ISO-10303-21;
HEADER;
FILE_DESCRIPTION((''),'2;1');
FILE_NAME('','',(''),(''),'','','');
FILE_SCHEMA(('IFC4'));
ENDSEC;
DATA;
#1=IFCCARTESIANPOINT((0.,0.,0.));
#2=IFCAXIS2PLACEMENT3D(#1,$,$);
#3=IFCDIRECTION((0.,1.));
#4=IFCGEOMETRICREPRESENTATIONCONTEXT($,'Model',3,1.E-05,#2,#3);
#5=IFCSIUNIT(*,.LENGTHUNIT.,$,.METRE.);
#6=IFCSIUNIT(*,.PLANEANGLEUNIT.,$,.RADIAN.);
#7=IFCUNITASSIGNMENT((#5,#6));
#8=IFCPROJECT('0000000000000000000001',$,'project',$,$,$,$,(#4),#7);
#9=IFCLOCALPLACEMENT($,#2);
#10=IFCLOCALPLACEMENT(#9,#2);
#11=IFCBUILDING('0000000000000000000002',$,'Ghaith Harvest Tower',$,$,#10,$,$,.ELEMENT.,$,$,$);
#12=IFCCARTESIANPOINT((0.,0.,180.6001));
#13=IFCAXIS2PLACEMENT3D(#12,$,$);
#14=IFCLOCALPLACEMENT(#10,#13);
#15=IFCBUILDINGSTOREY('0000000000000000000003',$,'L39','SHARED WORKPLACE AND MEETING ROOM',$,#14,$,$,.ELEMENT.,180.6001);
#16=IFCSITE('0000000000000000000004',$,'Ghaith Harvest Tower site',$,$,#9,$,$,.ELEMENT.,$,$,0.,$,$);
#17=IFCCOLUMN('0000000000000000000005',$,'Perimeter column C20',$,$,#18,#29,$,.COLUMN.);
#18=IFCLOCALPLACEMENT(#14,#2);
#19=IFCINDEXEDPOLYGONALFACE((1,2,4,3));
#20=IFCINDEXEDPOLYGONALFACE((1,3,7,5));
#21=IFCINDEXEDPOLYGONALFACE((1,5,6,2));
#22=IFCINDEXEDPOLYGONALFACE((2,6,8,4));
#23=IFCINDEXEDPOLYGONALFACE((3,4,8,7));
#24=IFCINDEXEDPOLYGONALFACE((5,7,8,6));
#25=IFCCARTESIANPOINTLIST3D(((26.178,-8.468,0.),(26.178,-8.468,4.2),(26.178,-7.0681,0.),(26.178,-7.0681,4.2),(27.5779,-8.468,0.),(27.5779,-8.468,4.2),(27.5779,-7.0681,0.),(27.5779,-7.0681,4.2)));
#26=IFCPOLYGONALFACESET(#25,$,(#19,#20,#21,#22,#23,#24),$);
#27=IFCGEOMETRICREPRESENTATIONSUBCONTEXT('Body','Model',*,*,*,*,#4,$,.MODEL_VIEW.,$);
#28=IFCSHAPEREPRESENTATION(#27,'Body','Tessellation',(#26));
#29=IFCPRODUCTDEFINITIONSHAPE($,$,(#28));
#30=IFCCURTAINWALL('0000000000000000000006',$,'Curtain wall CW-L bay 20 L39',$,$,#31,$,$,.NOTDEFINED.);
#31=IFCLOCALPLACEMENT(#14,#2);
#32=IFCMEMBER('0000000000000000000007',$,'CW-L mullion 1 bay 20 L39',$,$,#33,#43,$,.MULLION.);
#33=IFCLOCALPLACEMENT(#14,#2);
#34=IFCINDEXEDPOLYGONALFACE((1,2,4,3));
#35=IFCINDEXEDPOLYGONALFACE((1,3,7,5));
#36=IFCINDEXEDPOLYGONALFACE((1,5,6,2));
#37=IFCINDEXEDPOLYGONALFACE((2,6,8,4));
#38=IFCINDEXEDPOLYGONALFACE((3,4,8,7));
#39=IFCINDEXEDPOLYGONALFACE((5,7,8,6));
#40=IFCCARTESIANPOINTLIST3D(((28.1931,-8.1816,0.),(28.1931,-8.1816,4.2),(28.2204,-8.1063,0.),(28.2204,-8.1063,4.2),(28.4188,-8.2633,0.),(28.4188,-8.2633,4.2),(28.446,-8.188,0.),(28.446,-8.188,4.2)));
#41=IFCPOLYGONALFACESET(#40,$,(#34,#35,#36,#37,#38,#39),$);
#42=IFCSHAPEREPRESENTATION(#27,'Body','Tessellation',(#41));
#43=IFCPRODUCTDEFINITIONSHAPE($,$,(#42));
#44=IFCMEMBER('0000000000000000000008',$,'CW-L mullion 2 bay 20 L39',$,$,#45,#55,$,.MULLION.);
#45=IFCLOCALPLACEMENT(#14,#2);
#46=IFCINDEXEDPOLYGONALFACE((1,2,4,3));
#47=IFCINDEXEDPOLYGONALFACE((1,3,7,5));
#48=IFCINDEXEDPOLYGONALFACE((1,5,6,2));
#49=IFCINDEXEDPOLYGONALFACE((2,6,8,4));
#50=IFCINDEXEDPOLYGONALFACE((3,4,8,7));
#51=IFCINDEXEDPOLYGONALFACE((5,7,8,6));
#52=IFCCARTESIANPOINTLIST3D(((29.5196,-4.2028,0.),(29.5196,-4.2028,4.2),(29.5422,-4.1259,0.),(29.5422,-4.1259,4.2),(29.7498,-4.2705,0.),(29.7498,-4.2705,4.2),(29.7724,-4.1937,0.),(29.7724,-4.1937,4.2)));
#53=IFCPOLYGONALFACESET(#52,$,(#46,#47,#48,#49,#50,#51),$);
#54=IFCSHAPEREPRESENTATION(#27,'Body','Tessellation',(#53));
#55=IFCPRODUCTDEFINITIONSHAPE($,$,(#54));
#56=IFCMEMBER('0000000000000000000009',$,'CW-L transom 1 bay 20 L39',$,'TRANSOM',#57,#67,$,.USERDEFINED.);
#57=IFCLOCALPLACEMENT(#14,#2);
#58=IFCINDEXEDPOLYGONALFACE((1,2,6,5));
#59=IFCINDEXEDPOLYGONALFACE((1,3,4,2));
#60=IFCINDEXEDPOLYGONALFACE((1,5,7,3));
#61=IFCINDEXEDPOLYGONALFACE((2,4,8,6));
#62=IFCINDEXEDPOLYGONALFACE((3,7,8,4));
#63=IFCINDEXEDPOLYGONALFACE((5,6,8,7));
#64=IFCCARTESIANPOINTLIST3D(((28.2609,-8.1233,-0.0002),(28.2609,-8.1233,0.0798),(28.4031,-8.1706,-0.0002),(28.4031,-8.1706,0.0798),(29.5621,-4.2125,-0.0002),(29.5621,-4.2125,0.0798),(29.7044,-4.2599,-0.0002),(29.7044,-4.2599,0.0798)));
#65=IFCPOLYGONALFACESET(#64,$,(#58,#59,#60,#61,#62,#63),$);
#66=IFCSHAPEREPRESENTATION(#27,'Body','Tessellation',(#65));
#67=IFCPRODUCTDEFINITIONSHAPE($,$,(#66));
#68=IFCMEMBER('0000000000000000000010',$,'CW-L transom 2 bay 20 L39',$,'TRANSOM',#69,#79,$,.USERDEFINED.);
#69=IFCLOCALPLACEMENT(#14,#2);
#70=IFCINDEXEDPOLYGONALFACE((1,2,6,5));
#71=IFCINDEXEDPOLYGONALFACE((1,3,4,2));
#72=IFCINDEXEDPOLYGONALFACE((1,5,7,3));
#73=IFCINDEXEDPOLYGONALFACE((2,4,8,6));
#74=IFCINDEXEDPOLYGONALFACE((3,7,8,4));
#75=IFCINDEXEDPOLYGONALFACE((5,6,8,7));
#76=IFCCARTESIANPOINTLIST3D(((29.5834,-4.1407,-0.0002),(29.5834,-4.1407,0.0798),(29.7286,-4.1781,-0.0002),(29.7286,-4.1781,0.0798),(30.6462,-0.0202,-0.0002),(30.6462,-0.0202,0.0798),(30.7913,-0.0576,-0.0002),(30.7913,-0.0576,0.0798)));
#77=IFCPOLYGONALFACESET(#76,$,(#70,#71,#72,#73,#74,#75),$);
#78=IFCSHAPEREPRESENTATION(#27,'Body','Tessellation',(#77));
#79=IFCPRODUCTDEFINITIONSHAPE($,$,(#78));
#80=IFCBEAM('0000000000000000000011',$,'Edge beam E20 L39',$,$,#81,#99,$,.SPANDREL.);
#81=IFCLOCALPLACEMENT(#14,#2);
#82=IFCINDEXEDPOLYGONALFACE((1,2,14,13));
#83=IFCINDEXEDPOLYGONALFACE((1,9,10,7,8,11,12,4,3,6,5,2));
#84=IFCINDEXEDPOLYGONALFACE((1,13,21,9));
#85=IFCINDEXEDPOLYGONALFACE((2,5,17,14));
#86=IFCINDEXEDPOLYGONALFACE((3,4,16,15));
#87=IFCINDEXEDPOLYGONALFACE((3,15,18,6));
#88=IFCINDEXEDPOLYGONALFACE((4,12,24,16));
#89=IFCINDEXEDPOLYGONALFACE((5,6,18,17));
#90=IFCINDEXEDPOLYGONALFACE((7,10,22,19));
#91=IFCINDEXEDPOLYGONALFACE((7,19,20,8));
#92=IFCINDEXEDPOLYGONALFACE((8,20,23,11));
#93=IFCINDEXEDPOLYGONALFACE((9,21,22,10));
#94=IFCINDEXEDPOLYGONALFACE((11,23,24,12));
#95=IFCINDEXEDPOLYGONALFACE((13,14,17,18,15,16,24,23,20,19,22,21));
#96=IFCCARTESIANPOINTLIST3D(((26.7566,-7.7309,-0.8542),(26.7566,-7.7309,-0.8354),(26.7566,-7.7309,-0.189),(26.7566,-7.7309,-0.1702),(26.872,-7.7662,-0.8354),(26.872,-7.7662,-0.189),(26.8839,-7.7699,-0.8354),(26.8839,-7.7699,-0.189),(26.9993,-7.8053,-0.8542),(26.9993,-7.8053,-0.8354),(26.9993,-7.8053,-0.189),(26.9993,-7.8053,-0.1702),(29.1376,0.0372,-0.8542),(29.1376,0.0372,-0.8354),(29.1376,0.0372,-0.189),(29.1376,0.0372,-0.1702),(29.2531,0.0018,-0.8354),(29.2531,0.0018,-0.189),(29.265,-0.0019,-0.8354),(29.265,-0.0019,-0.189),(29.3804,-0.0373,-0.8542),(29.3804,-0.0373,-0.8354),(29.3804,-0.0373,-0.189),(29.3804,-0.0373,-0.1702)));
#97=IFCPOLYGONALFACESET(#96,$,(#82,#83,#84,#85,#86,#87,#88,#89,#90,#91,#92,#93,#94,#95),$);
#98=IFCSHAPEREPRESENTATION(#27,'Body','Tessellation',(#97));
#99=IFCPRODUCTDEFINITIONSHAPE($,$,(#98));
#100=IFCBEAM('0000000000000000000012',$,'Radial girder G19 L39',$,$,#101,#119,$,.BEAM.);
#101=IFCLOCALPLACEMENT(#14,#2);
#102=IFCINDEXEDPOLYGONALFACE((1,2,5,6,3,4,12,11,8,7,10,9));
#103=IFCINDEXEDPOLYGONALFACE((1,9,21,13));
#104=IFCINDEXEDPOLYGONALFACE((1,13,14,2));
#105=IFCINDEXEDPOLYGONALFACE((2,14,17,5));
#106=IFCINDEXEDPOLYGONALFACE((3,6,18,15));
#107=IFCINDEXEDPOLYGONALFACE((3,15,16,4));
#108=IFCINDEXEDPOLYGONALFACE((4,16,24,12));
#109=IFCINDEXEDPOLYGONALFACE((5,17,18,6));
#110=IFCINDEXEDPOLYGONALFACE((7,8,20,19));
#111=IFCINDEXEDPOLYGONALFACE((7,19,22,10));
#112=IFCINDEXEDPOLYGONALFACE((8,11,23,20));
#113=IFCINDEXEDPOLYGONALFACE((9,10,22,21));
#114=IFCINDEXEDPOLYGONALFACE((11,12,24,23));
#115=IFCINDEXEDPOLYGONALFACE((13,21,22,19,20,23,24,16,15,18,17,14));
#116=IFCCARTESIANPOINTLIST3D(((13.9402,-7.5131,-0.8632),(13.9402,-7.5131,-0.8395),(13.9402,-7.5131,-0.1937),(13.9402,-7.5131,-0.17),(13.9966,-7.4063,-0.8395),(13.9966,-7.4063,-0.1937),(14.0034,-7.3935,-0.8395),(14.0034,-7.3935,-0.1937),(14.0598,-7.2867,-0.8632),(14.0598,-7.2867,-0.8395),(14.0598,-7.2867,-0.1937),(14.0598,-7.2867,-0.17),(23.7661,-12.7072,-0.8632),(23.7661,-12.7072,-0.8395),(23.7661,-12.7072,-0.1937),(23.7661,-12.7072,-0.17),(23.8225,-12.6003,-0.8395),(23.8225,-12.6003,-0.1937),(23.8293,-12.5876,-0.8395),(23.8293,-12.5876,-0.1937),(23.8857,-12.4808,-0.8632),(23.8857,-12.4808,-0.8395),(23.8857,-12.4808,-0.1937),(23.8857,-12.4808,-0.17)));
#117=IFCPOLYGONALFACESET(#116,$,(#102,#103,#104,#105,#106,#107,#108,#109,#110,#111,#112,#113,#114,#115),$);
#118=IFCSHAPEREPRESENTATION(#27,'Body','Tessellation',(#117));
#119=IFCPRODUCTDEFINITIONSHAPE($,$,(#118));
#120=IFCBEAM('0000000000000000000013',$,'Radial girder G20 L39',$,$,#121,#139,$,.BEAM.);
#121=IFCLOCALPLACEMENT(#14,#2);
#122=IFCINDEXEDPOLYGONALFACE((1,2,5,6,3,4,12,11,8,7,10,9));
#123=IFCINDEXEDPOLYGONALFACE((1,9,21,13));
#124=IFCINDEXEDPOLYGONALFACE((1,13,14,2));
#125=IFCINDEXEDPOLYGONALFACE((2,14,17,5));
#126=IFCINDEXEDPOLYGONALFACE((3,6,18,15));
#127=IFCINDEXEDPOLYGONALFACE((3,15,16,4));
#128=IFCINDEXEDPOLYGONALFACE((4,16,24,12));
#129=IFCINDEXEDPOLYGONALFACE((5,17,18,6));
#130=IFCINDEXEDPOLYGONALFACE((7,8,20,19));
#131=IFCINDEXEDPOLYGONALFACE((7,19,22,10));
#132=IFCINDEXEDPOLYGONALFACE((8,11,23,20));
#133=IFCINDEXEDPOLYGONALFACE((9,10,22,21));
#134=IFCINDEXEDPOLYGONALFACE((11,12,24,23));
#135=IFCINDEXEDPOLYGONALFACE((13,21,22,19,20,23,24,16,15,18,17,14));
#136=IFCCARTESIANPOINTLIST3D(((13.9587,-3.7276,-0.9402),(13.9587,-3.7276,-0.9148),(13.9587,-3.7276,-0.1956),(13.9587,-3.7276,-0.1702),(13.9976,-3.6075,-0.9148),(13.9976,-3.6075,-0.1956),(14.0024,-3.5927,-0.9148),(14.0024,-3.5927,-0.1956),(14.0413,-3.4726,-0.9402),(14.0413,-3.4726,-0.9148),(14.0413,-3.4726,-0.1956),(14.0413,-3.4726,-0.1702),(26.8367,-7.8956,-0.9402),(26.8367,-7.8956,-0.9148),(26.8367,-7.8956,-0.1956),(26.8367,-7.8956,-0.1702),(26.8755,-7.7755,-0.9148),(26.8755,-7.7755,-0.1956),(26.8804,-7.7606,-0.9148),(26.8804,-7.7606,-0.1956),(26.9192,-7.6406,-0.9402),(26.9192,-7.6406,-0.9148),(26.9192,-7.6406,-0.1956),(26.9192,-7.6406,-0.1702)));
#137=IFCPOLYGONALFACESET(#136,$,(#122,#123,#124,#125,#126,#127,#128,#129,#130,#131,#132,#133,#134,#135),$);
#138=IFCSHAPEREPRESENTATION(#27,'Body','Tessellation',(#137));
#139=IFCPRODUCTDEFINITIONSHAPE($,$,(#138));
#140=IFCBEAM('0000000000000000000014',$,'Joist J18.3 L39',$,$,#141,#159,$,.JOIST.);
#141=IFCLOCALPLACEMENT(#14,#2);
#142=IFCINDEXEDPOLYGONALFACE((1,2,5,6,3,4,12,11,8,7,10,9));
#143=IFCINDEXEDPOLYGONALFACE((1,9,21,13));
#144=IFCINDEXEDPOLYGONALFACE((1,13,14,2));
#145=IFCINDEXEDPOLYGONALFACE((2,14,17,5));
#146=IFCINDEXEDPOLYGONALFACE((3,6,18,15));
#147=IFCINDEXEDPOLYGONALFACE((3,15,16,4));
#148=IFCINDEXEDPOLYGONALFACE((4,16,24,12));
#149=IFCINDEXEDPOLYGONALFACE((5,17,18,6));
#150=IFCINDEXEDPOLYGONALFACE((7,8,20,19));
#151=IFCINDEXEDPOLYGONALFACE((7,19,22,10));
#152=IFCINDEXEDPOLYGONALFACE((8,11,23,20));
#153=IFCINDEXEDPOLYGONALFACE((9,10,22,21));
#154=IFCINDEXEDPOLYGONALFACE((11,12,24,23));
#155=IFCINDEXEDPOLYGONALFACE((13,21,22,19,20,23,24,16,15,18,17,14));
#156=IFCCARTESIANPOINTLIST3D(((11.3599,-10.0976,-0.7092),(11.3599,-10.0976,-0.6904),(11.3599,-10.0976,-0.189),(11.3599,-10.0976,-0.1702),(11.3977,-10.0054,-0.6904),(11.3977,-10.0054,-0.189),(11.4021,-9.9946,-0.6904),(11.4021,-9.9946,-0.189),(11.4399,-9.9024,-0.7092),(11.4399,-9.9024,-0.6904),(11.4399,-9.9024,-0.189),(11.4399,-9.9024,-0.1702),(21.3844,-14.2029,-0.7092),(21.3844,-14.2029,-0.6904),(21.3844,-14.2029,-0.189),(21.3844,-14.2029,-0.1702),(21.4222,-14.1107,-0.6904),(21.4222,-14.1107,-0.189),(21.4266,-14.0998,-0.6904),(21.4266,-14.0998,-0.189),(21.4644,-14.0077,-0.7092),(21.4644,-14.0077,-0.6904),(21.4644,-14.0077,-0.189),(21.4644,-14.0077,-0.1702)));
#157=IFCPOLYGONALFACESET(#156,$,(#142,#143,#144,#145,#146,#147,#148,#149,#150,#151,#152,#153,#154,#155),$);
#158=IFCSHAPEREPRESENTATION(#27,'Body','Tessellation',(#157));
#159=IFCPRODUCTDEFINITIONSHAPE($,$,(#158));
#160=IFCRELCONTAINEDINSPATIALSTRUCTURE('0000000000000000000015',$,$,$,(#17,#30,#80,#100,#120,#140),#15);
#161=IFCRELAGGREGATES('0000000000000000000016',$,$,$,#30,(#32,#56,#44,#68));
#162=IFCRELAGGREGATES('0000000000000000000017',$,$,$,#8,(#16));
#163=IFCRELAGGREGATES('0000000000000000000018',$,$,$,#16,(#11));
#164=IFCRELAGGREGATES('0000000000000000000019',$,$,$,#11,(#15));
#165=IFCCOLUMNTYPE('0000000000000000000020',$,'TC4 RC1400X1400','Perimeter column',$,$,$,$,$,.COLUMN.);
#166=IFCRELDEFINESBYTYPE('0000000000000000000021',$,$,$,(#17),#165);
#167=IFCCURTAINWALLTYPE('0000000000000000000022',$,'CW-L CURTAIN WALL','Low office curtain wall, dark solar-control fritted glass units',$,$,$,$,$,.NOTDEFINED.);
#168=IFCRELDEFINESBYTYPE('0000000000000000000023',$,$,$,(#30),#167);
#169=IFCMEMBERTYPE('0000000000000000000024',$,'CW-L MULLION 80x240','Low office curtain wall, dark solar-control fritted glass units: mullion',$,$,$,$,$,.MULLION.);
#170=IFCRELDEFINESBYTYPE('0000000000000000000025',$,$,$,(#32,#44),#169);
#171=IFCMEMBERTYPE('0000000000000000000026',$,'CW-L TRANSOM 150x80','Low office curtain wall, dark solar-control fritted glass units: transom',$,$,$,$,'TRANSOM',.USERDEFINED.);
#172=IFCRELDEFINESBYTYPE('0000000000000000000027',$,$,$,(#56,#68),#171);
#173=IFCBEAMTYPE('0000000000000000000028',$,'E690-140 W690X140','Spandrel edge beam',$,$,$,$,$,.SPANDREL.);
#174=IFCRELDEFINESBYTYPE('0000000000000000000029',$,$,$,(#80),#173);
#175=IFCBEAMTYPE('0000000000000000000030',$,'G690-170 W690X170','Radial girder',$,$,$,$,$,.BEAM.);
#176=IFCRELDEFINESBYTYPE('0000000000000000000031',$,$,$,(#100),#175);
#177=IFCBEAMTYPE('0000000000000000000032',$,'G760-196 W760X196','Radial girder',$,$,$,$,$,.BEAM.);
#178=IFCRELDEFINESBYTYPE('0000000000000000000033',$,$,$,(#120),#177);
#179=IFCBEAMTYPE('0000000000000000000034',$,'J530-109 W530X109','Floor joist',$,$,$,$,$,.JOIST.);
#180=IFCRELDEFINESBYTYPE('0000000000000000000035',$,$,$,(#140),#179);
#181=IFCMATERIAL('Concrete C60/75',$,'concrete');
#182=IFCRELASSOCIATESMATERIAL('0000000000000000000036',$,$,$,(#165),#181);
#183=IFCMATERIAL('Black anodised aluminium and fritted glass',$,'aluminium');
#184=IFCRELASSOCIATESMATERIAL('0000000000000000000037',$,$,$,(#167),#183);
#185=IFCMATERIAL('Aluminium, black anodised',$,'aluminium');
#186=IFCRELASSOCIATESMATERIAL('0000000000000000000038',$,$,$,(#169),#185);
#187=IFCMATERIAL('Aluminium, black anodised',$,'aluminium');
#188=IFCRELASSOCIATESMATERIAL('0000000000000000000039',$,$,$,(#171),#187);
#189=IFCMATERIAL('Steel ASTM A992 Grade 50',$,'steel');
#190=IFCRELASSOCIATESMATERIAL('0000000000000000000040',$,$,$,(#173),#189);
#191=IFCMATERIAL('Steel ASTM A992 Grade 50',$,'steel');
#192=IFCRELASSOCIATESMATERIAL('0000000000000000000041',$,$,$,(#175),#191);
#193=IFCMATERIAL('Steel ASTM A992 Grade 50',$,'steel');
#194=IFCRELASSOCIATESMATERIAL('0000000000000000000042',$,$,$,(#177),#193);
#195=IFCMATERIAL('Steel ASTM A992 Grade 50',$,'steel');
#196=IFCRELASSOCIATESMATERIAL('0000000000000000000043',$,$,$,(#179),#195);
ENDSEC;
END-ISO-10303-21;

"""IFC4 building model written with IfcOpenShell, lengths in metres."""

from ifc_helpers import new_model, si_unit, direction, frame, origin, origin_2d, place, context, subcontext, project, spatial, rectangle, i_section, extrude, material, material_profile, profile_set, type_object, element, aggregate, save


model = new_model("IFC4")

# Units and contexts
model_context = context("Model", 3, precision=1e-05, world=origin(), true_north=direction((0.0, 1.0)))
body_context = subcontext(model_context, "Body", "Model", "MODEL_VIEW")
ifc_project = project(units=[si_unit("LENGTHUNIT", "METRE"), si_unit("PLANEANGLEUNIT", "RADIAN")], contexts=[model_context])

# Site, building, storey
site_placement = place(None, origin())
site = spatial("IfcSite", under=ifc_project, at=site_placement, Name="Ghaith Harvest Tower site", CompositionType="ELEMENT", RefElevation=0.0)
building_placement = place(site_placement, origin())
building = spatial("IfcBuilding", under=site, at=building_placement, Name="Ghaith Harvest Tower", CompositionType="ELEMENT")
storey_placement = place(building_placement, frame((0.0, 0.0, 180.6001)))
storey = spatial("IfcBuildingStorey", under=building, at=storey_placement, Name="L39", Description="SHARED WORKPLACE AND MEETING ROOM", CompositionType="ELEMENT", Elevation=180.6001)

# Column
ifc_material_1 = material(Name="Concrete C60/75", Category="concrete")
ifc_material_profile_1 = material_profile(ifc_material_1, rectangle(XDim=1.3999, YDim=1.3999, at=origin_2d()), Name="RC1400X1400")
ifc_profile_set_1 = profile_set([ifc_material_profile_1], Name="Concrete C60/75")
column_type = type_object("IfcColumnType", Name="TC4 RC1400X1400", Description="Perimeter column", PredefinedType="COLUMN", material=ifc_profile_set_1)
column_placement = place(storey_placement, frame((26.8779, -7.7681, 0.0), z_axis=(0.0, 0.0, 1.0), x_axis=(1.0, 0.0, 0.0)))
element("IfcColumn", 1, at=column_placement, inside=storey, type_object=column_type, Name="Perimeter column C20", PredefinedType="COLUMN", context=body_context, shape_type="SweptSolid", body=[
    extrude(rectangle(XDim=1.3999, YDim=1.3999, at=origin_2d()), origin(), (0.0, 0.0, 1.0), 4.2),
])

# Curtain wall, members
ifc_material_2 = material(Name="Black anodised aluminium and fritted glass", Category="aluminium")
curtain_wall_type = type_object("IfcCurtainWallType", Name="CW-L CURTAIN WALL", Description="Low office curtain wall, dark solar-control fritted glass units", PredefinedType="NOTDEFINED", material=ifc_material_2)
curtain_wall_placement = place(storey_placement, origin())
curtain_wall = element("IfcCurtainWall", 2, at=curtain_wall_placement, inside=storey, type_object=curtain_wall_type, Name="Curtain wall CW-L bay 20 L39", PredefinedType="NOTDEFINED")
ifc_material_3 = material(Name="Aluminium, black anodised", Category="aluminium")
ifc_material_profile_2 = material_profile(ifc_material_3, rectangle(XDim=0.0801, YDim=0.24, at=origin_2d()), Name="CW-L MULLION 80x240")
ifc_profile_set_2 = profile_set([ifc_material_profile_2], Name="Aluminium, black anodised")
member_type_1 = type_object("IfcMemberType", Name="CW-L MULLION 80x240", Description="Low office curtain wall, dark solar-control fritted glass units: mullion", PredefinedType="MULLION", material=ifc_profile_set_2)
member_1_placement = place(storey_placement, frame((28.3196, -8.1848, 0.0), z_axis=(0.0, 0.0, 1.0), x_axis=(0.340574, 0.940218, 0.0)))
member_1 = element("IfcMember", 3, at=member_1_placement, type_object=member_type_1, Name="CW-L mullion 1 bay 20 L39", PredefinedType="MULLION", context=body_context, shape_type="SweptSolid", body=[
    extrude(rectangle(XDim=0.0801, YDim=0.24, at=origin_2d()), origin(), (0.0, 0.0, 1.0), 4.2),
])
member_2_placement = place(storey_placement, frame((29.646, -4.1982, 0.0), z_axis=(0.0, 0.0, 1.0), x_axis=(0.282375, 0.959304, 0.0)))
member_2 = element("IfcMember", 4, at=member_2_placement, type_object=member_type_1, Name="CW-L mullion 2 bay 20 L39", PredefinedType="MULLION", context=body_context, shape_type="SweptSolid", body=[
    extrude(rectangle(XDim=0.0801, YDim=0.24, at=origin_2d()), origin(), (0.0, 0.0, 1.0), 4.2),
])
ifc_material_4 = material(Name="Aluminium, black anodised", Category="aluminium")
ifc_material_profile_3 = material_profile(ifc_material_4, rectangle(XDim=0.1499, YDim=0.0801, at=origin_2d()), Name="CW-L TRANSOM 150x80")
ifc_profile_set_3 = profile_set([ifc_material_profile_3], Name="Aluminium, black anodised")
member_type_2 = type_object("IfcMemberType", Name="CW-L TRANSOM 150x80", Description="Low office curtain wall, dark solar-control fritted glass units: transom", ElementType="TRANSOM", PredefinedType="USERDEFINED", material=ifc_profile_set_3)
member_3_placement = place(storey_placement, frame((28.332, -8.147, 0.0398), z_axis=(0.315712, 0.948855, 0.0), x_axis=(-0.948855, 0.315712, 0.0)))
member_3 = element("IfcMember", 5, at=member_3_placement, type_object=member_type_2, Name="CW-L transom 1 bay 20 L39", ObjectType="TRANSOM", PredefinedType="USERDEFINED", context=body_context, shape_type="SweptSolid", body=[
    extrude(rectangle(XDim=0.1499, YDim=0.0801, at=origin_2d()), origin(), (0.0, 0.0, 1.0), 4.1216),
])
member_4_placement = place(storey_placement, frame((29.656, -4.1594, 0.0398), z_axis=(0.249737, 0.968314, 0.0), x_axis=(-0.968314, 0.249737, 0.0)))
member_4 = element("IfcMember", 6, at=member_4_placement, type_object=member_type_2, Name="CW-L transom 2 bay 20 L39", ObjectType="TRANSOM", PredefinedType="USERDEFINED", context=body_context, shape_type="SweptSolid", body=[
    extrude(rectangle(XDim=0.1499, YDim=0.0801, at=origin_2d()), origin(), (0.0, 0.0, 1.0), 4.2554),
])

# Beams
ifc_material_5 = material(Name="Steel ASTM A992 Grade 50", Category="steel")
ifc_material_profile_4 = material_profile(ifc_material_5, i_section(OverallWidth=0.2539, OverallDepth=0.6841, WebThickness=0.0125, FlangeThickness=0.0188, at=origin_2d()), Name="W690X140")
ifc_profile_set_4 = profile_set([ifc_material_profile_4], Name="Steel ASTM A992 Grade 50")
beam_type_1 = type_object("IfcBeamType", Name="E690-140 W690X140", Description="Spandrel edge beam", PredefinedType="SPANDREL", material=ifc_profile_set_4)
beam_1_placement = place(storey_placement, frame((26.8779, -7.7681, -0.5122), z_axis=(0.293066, 0.956092, 0.0), x_axis=(-0.956092, 0.293066, 0.0)))
element("IfcBeam", 7, at=beam_1_placement, inside=storey, type_object=beam_type_1, Name="Edge beam E20 L39", PredefinedType="SPANDREL", context=body_context, shape_type="SweptSolid", body=[
    extrude(i_section(OverallWidth=0.2539, OverallDepth=0.6841, WebThickness=0.0125, FlangeThickness=0.0188, at=origin_2d()), origin(), (0.0, 0.0, 1.0), 8.1248),
])
ifc_material_6 = material(Name="Steel ASTM A992 Grade 50", Category="steel")
ifc_material_profile_5 = material_profile(ifc_material_6, i_section(OverallWidth=0.2561, OverallDepth=0.6931, WebThickness=0.0144, FlangeThickness=0.0237, at=origin_2d()), Name="W690X170")
ifc_profile_set_5 = profile_set([ifc_material_profile_5], Name="Steel ASTM A992 Grade 50")
beam_type_2 = type_object("IfcBeamType", Name="G690-170 W690X170", Description="Radial girder", PredefinedType="BEAM", material=ifc_profile_set_5)
beam_2_placement = place(storey_placement, frame((14.0, -7.3999, -0.5166), z_axis=(0.884081, -0.467335, 0.0), x_axis=(0.467335, 0.884081, 0.0)))
element("IfcBeam", 8, at=beam_2_placement, inside=storey, type_object=beam_type_2, Name="Radial girder G19 L39", PredefinedType="BEAM", context=body_context, shape_type="SweptSolid", body=[
    extrude(i_section(OverallWidth=0.2561, OverallDepth=0.6931, WebThickness=0.0144, FlangeThickness=0.0237, at=origin_2d()), origin(), (0.0, 0.0, 1.0), 11.1143),
])
ifc_material_7 = material(Name="Steel ASTM A992 Grade 50", Category="steel")
ifc_material_profile_6 = material_profile(ifc_material_7, i_section(OverallWidth=0.2681, OverallDepth=0.77, WebThickness=0.0156, FlangeThickness=0.0254, at=origin_2d()), Name="W760X196")
ifc_profile_set_6 = profile_set([ifc_material_profile_6], Name="Steel ASTM A992 Grade 50")
beam_type_3 = type_object("IfcBeamType", Name="G760-196 W760X196", Description="Radial girder", PredefinedType="BEAM", material=ifc_profile_set_6)
beam_3_placement = place(storey_placement, frame((14.0, -3.6001, -0.5552), z_axis=(0.95141, -0.307926, 0.0), x_axis=(0.307926, 0.95141, 0.0)))
element("IfcBeam", 9, at=beam_3_placement, inside=storey, type_object=beam_type_3, Name="Radial girder G20 L39", PredefinedType="BEAM", context=body_context, shape_type="SweptSolid", body=[
    extrude(i_section(OverallWidth=0.2681, OverallDepth=0.77, WebThickness=0.0156, FlangeThickness=0.0254, at=origin_2d()), origin(), (0.0, 0.0, 1.0), 13.5356),
])
ifc_material_8 = material(Name="Steel ASTM A992 Grade 50", Category="steel")
ifc_material_profile_7 = material_profile(ifc_material_8, i_section(OverallWidth=0.2109, OverallDepth=0.5391, WebThickness=0.0117, FlangeThickness=0.0188, at=origin_2d()), Name="W530X109")
ifc_profile_set_7 = profile_set([ifc_material_profile_7], Name="Steel ASTM A992 Grade 50")
beam_type_4 = type_object("IfcBeamType", Name="J530-109 W530X109", Description="Floor joist", PredefinedType="JOIST", material=ifc_profile_set_7)
beam_4_placement = place(storey_placement, frame((11.3999, -10.0, -0.4397), z_axis=(0.925407, -0.378975, 0.0), x_axis=(0.378975, 0.925407, 0.0)))
element("IfcBeam", 10, at=beam_4_placement, inside=storey, type_object=beam_type_4, Name="Joist J18.3 L39", PredefinedType="JOIST", context=body_context, shape_type="SweptSolid", body=[
    extrude(i_section(OverallWidth=0.2109, OverallDepth=0.5391, WebThickness=0.0117, FlangeThickness=0.0188, at=origin_2d()), origin(), (0.0, 0.0, 1.0), 10.8325),
])

aggregate(curtain_wall, [member_1, member_3, member_2, member_4])

save(model, "model.ifc")
